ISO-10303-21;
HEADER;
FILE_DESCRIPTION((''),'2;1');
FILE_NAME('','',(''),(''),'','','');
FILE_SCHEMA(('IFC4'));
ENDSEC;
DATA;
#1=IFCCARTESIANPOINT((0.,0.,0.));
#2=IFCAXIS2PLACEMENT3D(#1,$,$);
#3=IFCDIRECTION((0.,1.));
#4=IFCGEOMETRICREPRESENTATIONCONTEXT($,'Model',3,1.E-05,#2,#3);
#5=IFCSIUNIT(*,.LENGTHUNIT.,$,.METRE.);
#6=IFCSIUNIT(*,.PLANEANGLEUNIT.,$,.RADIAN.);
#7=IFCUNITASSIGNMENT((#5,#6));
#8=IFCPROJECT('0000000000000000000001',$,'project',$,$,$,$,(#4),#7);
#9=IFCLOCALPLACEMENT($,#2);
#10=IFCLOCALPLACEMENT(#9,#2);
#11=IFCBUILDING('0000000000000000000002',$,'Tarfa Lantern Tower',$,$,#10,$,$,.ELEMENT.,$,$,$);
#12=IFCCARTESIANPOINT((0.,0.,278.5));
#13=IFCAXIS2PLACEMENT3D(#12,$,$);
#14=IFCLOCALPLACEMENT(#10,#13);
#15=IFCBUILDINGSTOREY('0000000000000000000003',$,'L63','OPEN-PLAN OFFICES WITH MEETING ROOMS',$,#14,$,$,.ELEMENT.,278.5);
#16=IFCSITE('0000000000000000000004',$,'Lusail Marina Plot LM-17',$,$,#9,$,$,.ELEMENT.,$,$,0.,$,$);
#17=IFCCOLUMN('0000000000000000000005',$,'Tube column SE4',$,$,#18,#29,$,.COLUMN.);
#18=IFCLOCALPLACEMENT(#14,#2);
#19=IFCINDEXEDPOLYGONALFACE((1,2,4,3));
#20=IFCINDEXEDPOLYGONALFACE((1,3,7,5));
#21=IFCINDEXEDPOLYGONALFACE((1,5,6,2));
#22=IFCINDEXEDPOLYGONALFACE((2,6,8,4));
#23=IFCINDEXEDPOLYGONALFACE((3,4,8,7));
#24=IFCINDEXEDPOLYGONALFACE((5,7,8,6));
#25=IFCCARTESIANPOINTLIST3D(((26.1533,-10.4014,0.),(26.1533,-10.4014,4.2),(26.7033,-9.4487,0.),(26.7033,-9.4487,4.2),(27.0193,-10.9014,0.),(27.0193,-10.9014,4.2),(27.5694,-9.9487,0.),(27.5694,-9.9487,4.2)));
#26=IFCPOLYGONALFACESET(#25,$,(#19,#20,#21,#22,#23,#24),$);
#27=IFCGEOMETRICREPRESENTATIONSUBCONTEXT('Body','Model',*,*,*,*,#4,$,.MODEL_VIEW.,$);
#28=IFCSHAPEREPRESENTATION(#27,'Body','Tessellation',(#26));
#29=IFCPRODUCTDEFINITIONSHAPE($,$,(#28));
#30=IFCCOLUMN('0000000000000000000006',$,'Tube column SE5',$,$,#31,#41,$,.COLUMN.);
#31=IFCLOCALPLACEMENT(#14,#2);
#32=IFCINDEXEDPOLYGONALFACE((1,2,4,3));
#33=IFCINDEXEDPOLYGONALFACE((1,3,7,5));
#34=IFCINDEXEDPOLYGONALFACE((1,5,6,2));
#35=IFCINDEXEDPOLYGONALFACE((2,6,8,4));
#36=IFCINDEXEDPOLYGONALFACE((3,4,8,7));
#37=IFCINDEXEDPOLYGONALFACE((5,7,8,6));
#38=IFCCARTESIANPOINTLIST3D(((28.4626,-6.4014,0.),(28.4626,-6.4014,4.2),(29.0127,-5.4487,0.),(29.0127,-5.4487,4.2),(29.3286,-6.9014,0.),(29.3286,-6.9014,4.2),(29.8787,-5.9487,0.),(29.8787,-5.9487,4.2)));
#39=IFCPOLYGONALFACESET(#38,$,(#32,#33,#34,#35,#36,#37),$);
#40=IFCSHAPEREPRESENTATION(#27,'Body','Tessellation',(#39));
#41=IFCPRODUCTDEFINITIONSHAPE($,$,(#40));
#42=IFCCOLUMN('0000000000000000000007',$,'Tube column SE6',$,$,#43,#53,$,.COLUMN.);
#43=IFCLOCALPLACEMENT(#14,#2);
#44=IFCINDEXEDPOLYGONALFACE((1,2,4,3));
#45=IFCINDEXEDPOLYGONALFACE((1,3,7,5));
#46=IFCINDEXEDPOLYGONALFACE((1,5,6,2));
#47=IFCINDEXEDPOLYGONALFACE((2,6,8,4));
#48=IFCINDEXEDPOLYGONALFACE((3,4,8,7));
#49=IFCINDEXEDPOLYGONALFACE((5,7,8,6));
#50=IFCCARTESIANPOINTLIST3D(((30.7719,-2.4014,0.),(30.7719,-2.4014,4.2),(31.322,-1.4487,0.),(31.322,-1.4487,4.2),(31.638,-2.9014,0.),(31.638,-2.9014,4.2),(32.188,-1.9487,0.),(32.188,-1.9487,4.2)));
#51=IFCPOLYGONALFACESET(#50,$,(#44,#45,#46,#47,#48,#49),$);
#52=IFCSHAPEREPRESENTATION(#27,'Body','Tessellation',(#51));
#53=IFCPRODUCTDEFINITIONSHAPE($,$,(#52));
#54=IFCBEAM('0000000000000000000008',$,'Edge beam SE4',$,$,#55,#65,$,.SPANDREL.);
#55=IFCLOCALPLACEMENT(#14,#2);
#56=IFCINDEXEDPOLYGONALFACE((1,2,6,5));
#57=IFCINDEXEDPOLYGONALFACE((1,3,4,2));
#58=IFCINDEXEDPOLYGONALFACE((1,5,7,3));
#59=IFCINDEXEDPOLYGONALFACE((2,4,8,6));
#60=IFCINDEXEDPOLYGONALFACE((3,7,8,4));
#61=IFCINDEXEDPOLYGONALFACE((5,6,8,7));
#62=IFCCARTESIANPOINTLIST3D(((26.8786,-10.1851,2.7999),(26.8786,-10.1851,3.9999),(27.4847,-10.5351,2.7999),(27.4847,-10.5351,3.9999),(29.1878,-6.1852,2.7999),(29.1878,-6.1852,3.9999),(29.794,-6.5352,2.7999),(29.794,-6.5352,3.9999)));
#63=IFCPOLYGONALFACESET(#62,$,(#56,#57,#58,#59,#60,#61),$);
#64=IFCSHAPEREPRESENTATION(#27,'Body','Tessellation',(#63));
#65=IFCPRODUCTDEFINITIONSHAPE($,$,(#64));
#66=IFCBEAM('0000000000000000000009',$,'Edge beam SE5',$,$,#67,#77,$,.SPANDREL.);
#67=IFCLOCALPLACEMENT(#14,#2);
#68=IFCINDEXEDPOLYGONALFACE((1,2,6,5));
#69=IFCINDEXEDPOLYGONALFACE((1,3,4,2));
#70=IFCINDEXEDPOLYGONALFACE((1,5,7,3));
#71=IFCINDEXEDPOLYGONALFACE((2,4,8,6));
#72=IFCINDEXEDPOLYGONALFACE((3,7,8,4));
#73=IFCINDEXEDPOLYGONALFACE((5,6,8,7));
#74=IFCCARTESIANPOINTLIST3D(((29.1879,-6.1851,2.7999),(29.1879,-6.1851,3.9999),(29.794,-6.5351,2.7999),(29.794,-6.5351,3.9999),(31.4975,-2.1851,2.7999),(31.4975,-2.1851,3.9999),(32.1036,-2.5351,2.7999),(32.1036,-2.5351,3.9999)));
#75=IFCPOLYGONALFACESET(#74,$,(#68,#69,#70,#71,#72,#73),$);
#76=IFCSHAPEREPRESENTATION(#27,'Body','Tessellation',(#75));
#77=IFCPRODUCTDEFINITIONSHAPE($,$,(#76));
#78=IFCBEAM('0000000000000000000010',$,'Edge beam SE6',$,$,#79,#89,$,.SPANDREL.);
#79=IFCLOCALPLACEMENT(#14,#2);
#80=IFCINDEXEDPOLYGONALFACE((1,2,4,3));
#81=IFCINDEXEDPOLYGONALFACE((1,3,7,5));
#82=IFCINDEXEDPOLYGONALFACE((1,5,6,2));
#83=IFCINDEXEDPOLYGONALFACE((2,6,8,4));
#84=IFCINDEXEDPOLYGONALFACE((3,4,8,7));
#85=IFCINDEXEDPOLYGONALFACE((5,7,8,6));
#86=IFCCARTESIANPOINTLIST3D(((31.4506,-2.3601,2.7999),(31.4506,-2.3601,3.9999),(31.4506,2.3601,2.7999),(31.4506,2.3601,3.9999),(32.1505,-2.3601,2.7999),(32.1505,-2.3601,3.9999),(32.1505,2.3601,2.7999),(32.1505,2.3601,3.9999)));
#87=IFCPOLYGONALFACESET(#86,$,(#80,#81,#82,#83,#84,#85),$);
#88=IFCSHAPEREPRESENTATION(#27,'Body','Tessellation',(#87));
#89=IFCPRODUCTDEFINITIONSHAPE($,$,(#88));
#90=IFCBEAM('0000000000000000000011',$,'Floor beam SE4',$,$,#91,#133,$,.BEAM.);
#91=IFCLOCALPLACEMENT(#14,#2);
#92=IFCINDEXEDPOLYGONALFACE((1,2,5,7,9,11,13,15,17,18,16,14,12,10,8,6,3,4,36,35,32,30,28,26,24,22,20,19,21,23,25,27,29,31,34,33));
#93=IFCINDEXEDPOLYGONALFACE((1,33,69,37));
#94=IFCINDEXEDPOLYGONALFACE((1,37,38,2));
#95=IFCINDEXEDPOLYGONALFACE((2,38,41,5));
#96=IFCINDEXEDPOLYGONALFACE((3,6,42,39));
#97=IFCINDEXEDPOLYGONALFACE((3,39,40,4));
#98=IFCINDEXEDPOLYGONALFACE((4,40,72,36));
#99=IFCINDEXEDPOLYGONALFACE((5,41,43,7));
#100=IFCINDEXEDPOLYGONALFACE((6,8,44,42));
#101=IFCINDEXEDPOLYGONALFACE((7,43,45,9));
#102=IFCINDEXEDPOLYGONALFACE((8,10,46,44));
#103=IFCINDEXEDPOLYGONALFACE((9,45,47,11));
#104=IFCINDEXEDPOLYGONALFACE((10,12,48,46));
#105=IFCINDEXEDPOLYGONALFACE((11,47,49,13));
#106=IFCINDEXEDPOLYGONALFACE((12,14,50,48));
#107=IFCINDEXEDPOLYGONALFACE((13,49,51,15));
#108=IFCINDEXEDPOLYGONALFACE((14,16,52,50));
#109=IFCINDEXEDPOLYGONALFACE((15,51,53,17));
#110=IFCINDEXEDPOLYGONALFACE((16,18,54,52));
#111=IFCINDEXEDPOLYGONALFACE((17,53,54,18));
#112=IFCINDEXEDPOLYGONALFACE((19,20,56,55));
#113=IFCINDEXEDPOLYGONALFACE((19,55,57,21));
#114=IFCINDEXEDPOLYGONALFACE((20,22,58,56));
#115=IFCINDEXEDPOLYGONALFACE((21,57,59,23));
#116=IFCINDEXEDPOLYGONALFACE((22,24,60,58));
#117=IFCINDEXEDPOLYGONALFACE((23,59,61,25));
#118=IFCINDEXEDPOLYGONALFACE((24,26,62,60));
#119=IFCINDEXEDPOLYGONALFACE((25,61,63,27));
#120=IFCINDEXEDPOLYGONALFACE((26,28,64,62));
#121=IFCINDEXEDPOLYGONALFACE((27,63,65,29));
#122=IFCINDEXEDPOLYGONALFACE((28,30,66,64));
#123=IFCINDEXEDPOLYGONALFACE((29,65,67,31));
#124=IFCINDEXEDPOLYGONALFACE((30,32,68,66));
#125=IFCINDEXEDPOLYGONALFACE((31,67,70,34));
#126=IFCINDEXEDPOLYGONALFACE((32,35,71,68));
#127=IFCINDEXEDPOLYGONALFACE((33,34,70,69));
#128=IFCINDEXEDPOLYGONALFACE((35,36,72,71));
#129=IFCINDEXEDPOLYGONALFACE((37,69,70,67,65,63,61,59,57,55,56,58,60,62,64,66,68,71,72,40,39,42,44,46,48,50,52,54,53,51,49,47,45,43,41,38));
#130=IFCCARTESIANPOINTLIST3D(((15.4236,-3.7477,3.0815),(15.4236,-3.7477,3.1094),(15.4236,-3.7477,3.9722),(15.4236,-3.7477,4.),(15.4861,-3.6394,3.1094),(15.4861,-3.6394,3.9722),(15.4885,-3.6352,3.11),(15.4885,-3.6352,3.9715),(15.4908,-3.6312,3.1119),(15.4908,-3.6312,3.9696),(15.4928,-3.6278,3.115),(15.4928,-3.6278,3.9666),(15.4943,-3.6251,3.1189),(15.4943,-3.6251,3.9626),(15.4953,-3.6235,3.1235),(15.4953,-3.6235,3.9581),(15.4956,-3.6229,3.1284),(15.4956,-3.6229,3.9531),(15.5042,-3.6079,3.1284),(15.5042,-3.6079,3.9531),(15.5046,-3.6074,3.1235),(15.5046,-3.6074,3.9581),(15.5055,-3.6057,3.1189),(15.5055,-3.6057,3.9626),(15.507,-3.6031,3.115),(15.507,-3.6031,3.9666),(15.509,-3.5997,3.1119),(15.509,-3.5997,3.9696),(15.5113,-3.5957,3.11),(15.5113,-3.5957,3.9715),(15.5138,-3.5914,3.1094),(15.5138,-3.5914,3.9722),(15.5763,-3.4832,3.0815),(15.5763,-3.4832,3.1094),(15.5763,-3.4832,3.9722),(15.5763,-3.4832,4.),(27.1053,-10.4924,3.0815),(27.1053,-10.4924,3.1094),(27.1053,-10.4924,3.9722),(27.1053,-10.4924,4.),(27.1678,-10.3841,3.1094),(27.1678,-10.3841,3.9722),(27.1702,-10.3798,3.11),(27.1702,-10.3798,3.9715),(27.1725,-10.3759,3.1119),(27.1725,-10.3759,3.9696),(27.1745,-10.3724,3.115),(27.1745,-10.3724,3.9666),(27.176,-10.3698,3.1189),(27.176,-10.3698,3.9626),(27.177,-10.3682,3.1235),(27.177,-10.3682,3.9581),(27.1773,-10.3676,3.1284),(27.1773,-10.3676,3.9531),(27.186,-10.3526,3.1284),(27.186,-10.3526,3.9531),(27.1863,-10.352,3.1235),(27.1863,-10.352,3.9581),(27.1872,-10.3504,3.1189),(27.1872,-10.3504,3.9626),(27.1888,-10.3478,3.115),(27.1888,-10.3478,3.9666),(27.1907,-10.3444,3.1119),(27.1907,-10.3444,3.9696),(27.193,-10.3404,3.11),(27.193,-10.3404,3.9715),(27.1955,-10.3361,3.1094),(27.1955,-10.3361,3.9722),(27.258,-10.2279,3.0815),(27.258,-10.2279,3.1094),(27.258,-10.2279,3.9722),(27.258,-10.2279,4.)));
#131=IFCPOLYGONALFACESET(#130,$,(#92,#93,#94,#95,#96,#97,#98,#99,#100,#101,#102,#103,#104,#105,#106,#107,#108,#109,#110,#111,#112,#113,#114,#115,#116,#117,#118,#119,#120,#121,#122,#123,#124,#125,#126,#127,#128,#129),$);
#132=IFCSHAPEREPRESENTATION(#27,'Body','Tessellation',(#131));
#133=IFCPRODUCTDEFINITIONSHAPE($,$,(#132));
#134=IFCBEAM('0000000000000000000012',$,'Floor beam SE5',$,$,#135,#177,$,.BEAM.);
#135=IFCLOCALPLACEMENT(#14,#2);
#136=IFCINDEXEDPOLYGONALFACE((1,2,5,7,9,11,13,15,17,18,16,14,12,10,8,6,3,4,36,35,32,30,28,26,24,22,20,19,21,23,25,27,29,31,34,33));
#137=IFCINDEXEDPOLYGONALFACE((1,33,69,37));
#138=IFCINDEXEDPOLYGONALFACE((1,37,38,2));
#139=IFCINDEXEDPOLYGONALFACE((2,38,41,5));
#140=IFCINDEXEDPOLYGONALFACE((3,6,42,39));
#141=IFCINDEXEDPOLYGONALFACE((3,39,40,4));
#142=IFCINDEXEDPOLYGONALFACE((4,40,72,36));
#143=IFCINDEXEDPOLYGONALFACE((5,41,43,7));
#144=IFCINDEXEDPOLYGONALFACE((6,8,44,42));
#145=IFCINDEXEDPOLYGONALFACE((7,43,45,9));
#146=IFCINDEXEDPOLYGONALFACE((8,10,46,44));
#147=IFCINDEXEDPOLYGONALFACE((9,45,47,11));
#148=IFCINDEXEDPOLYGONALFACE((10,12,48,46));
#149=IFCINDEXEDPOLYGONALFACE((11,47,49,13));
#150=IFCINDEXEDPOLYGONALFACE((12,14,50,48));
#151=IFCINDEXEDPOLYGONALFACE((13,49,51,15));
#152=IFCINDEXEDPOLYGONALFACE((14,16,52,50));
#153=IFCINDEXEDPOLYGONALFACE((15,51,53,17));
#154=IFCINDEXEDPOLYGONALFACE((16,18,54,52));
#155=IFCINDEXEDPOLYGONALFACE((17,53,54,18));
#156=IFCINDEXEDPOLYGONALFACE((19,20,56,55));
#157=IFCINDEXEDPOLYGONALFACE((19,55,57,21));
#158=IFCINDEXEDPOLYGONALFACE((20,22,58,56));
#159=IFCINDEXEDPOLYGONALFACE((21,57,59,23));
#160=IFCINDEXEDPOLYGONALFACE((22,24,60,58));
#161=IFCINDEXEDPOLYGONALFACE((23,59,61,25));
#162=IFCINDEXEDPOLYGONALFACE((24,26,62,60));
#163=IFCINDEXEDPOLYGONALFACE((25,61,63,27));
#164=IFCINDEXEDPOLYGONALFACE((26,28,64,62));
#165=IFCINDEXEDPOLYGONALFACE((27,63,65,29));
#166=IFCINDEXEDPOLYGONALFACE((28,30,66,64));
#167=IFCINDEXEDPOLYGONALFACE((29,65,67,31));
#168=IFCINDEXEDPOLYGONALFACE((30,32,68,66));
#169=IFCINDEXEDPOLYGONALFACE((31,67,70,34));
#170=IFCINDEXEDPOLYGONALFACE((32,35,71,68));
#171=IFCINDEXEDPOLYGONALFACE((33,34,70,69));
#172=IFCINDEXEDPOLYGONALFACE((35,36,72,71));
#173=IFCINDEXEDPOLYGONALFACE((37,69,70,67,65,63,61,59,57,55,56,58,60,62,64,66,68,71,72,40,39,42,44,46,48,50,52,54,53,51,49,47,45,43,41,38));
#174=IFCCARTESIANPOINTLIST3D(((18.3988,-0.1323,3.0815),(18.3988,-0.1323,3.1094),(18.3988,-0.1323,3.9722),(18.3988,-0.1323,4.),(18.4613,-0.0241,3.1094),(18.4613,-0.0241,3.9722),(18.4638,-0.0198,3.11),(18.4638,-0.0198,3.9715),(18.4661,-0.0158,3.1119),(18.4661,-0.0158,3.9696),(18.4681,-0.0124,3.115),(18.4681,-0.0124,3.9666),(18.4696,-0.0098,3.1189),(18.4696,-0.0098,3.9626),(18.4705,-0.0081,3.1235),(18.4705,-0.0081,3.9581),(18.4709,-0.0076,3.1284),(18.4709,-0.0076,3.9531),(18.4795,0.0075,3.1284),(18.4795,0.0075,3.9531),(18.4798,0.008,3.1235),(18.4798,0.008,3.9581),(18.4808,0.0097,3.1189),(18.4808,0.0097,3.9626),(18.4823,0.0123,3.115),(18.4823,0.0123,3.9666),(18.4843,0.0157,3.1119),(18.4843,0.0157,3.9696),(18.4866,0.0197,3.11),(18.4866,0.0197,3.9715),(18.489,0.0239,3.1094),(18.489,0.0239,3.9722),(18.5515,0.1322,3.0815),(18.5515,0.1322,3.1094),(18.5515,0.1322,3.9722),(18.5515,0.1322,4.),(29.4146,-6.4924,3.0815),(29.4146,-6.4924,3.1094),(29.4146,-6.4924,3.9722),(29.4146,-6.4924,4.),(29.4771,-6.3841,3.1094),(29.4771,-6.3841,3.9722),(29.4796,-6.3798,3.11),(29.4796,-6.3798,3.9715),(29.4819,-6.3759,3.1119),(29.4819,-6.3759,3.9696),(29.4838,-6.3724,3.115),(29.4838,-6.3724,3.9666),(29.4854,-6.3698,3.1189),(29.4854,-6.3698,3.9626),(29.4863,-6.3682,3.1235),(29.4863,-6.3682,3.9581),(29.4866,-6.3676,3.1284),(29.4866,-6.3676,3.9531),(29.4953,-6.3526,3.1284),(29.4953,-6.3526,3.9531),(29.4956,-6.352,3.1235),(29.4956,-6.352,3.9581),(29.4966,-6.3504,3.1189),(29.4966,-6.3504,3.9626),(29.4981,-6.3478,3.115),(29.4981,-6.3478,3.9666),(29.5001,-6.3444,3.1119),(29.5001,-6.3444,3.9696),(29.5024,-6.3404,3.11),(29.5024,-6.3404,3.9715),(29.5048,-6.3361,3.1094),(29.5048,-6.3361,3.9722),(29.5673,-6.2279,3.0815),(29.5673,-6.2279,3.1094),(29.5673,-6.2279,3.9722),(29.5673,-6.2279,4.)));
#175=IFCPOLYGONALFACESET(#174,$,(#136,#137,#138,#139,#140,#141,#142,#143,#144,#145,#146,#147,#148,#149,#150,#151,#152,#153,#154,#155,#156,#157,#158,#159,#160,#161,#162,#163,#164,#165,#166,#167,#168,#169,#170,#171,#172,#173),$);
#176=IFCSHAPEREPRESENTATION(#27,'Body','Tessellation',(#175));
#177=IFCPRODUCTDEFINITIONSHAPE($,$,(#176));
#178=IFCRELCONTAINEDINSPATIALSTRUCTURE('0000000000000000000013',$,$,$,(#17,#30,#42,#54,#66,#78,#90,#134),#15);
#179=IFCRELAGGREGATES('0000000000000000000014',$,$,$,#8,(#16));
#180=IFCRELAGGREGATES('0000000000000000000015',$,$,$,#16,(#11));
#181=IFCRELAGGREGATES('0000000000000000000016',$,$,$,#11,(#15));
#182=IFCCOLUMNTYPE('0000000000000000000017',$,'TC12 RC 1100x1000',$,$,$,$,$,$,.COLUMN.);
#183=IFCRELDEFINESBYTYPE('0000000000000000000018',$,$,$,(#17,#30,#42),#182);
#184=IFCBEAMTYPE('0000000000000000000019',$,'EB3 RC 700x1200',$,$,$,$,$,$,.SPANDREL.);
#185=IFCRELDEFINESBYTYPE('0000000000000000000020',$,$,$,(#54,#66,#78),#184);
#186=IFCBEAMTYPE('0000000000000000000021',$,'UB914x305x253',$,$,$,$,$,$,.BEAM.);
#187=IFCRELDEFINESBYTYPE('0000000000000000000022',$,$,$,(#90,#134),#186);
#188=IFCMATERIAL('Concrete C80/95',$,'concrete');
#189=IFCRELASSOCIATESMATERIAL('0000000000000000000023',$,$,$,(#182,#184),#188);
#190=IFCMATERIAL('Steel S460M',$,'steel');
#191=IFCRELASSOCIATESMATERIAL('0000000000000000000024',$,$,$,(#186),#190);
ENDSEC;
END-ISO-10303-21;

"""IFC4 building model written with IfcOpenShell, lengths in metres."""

from ifc_helpers import new_model, si_unit, direction, frame, origin, origin_2d, place, context, subcontext, project, spatial, rectangle, i_section, extrude, material, material_profile, profile_set, type_object, element, save


model = new_model("IFC4")

# Units and contexts
model_context = context("Model", 3, precision=1e-05, world=origin(), true_north=direction((0.0, 1.0)))
body_context = subcontext(model_context, "Body", "Model", "MODEL_VIEW")
ifc_project = project(units=[si_unit("LENGTHUNIT", "METRE"), si_unit("PLANEANGLEUNIT", "RADIAN")], contexts=[model_context])

# Site, building, storey
site_placement = place(None, origin())
site = spatial("IfcSite", under=ifc_project, at=site_placement, Name="Lusail Marina Plot LM-17", CompositionType="ELEMENT", RefElevation=0.0)
building_placement = place(site_placement, origin())
building = spatial("IfcBuilding", under=site, at=building_placement, Name="Tarfa Lantern Tower", CompositionType="ELEMENT")
storey_placement = place(building_placement, frame((0.0, 0.0, 278.5)))
storey = spatial("IfcBuildingStorey", under=building, at=storey_placement, Name="L63", Description="OPEN-PLAN OFFICES WITH MEETING ROOMS", CompositionType="ELEMENT", Elevation=278.5)

# Columns
ifc_material_1 = material(Name="Concrete C80/95", Category="concrete")
ifc_material_profile_1 = material_profile(ifc_material_1, rectangle(XDim=1.1001, YDim=1.0, at=origin_2d()), Name="RC 1100x1000")
ifc_profile_set_1 = profile_set([ifc_material_profile_1], Name="Concrete C80/95")
column_type = type_object("IfcColumnType", Name="TC12 RC 1100x1000", PredefinedType="COLUMN", material=ifc_profile_set_1)
for number, where, z_axis, x_axis, name in (
    (1, (26.8613, -10.175, 0.0), (0.0, 0.0, 1.0), (0.5, 0.866025, 0.0), "Tube column SE4"),
    (2, (29.1707, -6.175, 0.0), (0.0, 0.0, 1.0), (0.5, 0.866025, 0.0), "Tube column SE5"),
    (3, (31.48, -2.175, 0.0), (0.0, 0.0, 1.0), (0.5, 0.866025, 0.0), "Tube column SE6"),
):
    element("IfcColumn", number, at=place(storey_placement, frame(where, z_axis=z_axis, x_axis=x_axis)), inside=storey, type_object=column_type, Name=name, PredefinedType="COLUMN", context=body_context, shape_type="SweptSolid", body=[
        extrude(rectangle(XDim=1.1001, YDim=1.0, at=origin_2d()), origin(), (0.0, 0.0, 1.0), 4.2),
    ])

# Beams
ifc_material_profile_2 = material_profile(ifc_material_1, rectangle(XDim=0.7, YDim=1.2, at=origin_2d()), Name="RC 700x1200")
ifc_profile_set_2 = profile_set([ifc_material_profile_2], Name="Concrete C80/95")
beam_type_1 = type_object("IfcBeamType", Name="EB3 RC 700x1200", PredefinedType="SPANDREL", material=ifc_profile_set_2)
beam_1_placement = place(storey_placement, frame((27.1816, -10.3601, 3.3999), z_axis=(0.499988, 0.866032, 0.0), x_axis=(-0.866032, 0.499988, 0.0)))
element("IfcBeam", 4, at=beam_1_placement, inside=storey, type_object=beam_type_1, Name="Edge beam SE4", PredefinedType="SPANDREL", context=body_context, shape_type="SweptSolid", body=[
    extrude(rectangle(XDim=0.7, YDim=1.2, at=origin_2d()), origin(), (0.0, 0.0, 1.0), 4.6187),
])
beam_2_placement = place(storey_placement, frame((29.491, -6.3601, 3.3999), z_axis=(0.500027, 0.86601, 0.0), x_axis=(-0.86601, 0.500027, 0.0)))
element("IfcBeam", 5, at=beam_2_placement, inside=storey, type_object=beam_type_1, Name="Edge beam SE5", PredefinedType="SPANDREL", context=body_context, shape_type="SweptSolid", body=[
    extrude(rectangle(XDim=0.7, YDim=1.2, at=origin_2d()), origin(), (0.0, 0.0, 1.0), 4.6189),
])
beam_3_placement = place(storey_placement, frame((31.8005, -2.3601, 3.3999), z_axis=(0.0, 1.0, 0.0), x_axis=(-1.0, 0.0, 0.0)))
element("IfcBeam", 6, at=beam_3_placement, inside=storey, type_object=beam_type_1, Name="Edge beam SE6", PredefinedType="SPANDREL", context=body_context, shape_type="SweptSolid", body=[
    extrude(rectangle(XDim=0.7, YDim=1.2, at=origin_2d()), origin(), (0.0, 0.0, 1.0), 4.7202),
])
ifc_material_2 = material(Name="Steel S460M", Category="steel")
ifc_material_profile_3 = material_profile(ifc_material_2, i_section(OverallWidth=0.3054, OverallDepth=0.9185, WebThickness=0.0173, FlangeThickness=0.0278, FilletRadius=0.019, at=origin_2d()), Name="UB914x305x253")
ifc_profile_set_3 = profile_set([ifc_material_profile_3], Name="Steel S460M")
beam_type_2 = type_object("IfcBeamType", Name="UB914x305x253", PredefinedType="BEAM", material=ifc_profile_set_3)
beam_4_placement = place(storey_placement, frame((27.1816, -10.3601, 3.5408), z_axis=(-0.866018, 0.500013, 0.0), x_axis=(-0.500013, -0.866018, 0.0)))
element("IfcBeam", 7, at=beam_4_placement, inside=storey, type_object=beam_type_2, Name="Floor beam SE4", PredefinedType="BEAM", context=body_context, shape_type="SweptSolid", body=[
    extrude(i_section(OverallWidth=0.3054, OverallDepth=0.9185, WebThickness=0.0173, FlangeThickness=0.0278, FilletRadius=0.019, at=origin_2d()), origin(), (0.0, 0.0, 1.0), 13.489),
])
beam_5_placement = place(storey_placement, frame((29.491, -6.3601, 3.5408), z_axis=(-0.866022, 0.500005, 0.0), x_axis=(-0.500005, -0.866022, 0.0)))
element("IfcBeam", 8, at=beam_5_placement, inside=storey, type_object=beam_type_2, Name="Floor beam SE5", PredefinedType="BEAM", context=body_context, shape_type="SweptSolid", body=[
    extrude(i_section(OverallWidth=0.3054, OverallDepth=0.9185, WebThickness=0.0173, FlangeThickness=0.0278, FilletRadius=0.019, at=origin_2d()), origin(), (0.0, 0.0, 1.0), 12.72),
])

save(model, "model.ifc")
